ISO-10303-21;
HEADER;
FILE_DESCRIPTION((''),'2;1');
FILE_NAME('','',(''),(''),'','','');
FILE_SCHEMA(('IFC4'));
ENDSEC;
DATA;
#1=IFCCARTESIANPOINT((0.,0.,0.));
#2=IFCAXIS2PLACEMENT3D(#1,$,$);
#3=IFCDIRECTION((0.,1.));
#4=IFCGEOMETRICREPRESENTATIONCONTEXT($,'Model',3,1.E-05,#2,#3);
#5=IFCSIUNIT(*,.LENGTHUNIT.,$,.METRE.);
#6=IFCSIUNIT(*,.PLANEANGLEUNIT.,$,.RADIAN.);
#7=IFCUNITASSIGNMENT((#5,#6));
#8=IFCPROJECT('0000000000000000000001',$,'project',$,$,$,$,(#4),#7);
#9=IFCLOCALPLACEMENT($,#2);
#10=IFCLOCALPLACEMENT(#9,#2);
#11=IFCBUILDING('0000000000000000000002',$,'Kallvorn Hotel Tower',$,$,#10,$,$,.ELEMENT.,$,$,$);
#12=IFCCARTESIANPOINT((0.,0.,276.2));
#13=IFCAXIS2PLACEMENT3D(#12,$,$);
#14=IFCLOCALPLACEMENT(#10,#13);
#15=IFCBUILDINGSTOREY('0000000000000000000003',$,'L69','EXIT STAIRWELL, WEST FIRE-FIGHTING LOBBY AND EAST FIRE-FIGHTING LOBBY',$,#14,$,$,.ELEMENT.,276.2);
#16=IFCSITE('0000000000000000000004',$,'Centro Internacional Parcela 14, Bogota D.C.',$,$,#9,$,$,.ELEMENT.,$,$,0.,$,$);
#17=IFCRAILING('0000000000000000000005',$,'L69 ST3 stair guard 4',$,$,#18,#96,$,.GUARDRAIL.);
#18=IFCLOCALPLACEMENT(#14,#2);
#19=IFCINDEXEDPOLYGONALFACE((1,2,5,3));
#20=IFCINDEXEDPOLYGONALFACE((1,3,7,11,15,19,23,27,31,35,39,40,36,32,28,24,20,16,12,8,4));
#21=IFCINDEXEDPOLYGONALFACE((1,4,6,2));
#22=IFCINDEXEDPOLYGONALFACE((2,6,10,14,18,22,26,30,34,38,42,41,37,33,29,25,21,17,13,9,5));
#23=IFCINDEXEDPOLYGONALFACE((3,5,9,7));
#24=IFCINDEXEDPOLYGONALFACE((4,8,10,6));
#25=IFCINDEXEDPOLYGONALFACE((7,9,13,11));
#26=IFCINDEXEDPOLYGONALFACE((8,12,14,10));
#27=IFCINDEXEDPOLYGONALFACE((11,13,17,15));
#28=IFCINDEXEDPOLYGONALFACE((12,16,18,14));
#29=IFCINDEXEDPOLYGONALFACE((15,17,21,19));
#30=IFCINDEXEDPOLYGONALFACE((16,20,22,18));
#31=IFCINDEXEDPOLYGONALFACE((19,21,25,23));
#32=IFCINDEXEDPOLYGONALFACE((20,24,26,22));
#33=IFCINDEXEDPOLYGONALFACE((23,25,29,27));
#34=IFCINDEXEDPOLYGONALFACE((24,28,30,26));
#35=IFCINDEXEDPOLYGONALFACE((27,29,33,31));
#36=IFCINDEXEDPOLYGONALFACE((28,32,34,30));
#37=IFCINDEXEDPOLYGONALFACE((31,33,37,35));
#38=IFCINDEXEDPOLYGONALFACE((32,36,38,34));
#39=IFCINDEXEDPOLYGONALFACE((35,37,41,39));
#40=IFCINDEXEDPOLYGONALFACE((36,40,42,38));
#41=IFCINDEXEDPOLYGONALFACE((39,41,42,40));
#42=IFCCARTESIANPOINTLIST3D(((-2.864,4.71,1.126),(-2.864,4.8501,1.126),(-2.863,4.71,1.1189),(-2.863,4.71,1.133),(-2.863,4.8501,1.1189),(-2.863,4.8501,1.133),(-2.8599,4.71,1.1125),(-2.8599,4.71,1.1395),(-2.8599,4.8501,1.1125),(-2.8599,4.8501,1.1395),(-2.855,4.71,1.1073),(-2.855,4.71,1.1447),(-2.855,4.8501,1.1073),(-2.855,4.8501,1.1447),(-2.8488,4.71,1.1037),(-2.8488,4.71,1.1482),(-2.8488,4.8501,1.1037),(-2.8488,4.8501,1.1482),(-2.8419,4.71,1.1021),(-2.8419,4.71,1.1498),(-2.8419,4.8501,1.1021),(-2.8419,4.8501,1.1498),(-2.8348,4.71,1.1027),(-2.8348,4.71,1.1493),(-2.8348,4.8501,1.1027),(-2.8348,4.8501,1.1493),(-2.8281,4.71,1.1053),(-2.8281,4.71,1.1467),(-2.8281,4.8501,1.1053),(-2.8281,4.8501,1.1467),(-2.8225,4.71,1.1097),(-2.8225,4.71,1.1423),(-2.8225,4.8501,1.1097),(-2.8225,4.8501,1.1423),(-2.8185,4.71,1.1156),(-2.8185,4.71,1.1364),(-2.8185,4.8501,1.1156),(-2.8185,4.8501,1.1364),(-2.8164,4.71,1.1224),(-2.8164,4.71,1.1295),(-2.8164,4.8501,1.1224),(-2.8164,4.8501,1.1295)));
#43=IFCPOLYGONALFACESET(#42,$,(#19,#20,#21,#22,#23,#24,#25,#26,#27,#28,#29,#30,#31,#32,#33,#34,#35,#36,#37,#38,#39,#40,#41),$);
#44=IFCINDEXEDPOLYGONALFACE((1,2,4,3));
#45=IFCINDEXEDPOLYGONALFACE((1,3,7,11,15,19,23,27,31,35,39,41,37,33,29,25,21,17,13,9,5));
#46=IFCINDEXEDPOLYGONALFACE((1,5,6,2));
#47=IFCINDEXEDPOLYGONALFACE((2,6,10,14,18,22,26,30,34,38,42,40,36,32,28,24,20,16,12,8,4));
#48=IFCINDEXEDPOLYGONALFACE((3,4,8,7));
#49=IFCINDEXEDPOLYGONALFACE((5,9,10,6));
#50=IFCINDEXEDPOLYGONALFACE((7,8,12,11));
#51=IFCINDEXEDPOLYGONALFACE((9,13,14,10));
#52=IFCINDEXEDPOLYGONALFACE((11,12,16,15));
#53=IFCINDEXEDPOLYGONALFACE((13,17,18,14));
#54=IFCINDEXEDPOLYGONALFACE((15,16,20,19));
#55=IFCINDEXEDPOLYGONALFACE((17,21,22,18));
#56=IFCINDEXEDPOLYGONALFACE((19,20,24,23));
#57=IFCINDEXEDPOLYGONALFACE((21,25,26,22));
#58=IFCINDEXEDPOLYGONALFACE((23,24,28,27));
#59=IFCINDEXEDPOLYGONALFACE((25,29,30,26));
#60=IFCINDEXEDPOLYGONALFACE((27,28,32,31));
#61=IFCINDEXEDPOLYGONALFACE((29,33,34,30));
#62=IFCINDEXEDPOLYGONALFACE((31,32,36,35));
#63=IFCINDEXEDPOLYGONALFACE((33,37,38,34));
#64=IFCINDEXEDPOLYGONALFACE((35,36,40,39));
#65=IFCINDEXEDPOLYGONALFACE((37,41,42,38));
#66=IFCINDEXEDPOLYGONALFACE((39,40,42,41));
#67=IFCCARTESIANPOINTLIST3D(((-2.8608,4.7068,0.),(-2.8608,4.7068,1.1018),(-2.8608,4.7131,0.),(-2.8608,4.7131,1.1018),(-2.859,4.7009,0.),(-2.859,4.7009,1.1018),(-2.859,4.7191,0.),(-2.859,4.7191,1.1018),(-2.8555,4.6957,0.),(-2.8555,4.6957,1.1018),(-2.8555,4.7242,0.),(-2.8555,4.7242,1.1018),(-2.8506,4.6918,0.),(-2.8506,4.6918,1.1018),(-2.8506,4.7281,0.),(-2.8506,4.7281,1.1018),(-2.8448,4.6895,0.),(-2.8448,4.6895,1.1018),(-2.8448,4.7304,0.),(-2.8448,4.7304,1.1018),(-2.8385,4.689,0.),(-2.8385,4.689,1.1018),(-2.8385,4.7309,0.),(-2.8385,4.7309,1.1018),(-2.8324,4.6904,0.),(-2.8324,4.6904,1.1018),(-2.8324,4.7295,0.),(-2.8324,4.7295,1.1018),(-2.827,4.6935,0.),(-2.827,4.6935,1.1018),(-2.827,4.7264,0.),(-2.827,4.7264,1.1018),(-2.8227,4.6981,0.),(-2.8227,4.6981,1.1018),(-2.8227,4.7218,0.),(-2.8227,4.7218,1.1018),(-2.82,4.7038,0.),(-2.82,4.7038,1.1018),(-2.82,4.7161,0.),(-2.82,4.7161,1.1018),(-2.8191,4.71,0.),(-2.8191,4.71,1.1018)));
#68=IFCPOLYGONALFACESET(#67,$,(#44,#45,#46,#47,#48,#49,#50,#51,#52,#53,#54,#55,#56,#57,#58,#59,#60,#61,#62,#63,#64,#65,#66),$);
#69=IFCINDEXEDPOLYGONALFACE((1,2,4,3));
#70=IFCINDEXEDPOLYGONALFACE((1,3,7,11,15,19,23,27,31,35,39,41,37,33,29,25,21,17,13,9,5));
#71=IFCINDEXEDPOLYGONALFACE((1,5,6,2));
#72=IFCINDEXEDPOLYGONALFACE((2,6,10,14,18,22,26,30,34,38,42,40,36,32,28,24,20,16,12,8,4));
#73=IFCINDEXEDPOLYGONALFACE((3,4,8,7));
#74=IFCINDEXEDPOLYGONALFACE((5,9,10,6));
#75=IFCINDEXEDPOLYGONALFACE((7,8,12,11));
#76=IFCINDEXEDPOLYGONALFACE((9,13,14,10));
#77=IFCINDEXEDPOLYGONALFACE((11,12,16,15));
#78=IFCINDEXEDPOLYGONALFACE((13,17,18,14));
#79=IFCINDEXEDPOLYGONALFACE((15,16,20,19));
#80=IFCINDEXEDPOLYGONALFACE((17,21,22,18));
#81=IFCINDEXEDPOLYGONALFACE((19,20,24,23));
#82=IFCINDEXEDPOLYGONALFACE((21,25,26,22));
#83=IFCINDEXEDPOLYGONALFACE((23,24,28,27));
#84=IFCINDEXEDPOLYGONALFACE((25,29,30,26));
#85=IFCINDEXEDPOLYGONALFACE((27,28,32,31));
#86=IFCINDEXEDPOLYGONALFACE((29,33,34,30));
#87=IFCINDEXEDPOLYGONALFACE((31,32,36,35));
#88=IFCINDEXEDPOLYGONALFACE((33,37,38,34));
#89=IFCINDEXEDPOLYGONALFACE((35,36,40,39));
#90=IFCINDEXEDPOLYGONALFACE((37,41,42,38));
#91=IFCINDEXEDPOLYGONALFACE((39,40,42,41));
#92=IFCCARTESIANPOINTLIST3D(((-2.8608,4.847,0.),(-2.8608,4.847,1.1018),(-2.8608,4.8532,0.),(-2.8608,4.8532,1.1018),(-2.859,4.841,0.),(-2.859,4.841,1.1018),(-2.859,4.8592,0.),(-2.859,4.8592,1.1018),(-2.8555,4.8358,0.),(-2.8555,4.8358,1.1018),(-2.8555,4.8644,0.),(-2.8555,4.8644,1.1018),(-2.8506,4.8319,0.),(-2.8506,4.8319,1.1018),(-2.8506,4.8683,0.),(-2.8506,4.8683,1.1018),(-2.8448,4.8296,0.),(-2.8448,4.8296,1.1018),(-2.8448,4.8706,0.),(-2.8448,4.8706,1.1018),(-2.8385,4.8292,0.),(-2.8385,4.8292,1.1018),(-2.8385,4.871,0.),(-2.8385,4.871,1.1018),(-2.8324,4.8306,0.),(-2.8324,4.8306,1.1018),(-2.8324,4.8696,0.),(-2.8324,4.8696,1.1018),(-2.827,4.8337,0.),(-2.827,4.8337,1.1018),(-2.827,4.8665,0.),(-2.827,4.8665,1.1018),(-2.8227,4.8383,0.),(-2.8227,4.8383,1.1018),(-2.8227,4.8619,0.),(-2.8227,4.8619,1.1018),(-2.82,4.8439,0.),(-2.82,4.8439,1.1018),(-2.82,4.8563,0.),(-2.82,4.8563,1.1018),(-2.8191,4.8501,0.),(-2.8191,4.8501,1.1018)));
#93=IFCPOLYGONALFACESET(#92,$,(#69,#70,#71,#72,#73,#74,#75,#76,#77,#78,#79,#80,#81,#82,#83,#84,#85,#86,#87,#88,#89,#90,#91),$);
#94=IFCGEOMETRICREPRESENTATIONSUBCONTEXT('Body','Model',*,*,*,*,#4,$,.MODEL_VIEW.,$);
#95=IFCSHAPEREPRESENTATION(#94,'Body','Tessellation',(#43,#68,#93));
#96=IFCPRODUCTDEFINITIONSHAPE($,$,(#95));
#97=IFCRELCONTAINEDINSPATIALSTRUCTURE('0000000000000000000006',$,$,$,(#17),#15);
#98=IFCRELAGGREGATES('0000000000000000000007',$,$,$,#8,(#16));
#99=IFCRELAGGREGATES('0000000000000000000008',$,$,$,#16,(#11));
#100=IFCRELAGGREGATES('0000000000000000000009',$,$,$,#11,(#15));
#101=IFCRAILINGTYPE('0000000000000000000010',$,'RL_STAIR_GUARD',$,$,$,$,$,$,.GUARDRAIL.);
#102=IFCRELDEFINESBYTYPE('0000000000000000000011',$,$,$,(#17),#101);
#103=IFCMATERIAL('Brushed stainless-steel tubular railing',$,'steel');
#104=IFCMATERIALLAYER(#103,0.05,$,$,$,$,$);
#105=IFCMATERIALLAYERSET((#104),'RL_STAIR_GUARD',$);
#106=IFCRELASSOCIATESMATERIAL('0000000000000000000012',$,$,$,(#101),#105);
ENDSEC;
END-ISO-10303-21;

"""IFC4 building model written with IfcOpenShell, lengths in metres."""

from ifc_helpers import new_model, si_unit, direction, frame, origin, origin_2d, place, context, subcontext, project, spatial, circle, extrude, material, layer, layer_set, type_object, element, save


model = new_model("IFC4")

# Units and contexts
model_context = context("Model", 3, precision=1e-05, world=origin(), true_north=direction((0.0, 1.0)))
body_context = subcontext(model_context, "Body", "Model", "MODEL_VIEW")
ifc_project = project(units=[si_unit("LENGTHUNIT", "METRE"), si_unit("PLANEANGLEUNIT", "RADIAN")], contexts=[model_context])

# Site, building, storey
site_placement = place(None, origin())
site = spatial("IfcSite", under=ifc_project, at=site_placement, Name="Centro Internacional Parcela 14, Bogota D.C.", CompositionType="ELEMENT", RefElevation=0.0)
building_placement = place(site_placement, origin())
building = spatial("IfcBuilding", under=site, at=building_placement, Name="Kallvorn Hotel Tower", CompositionType="ELEMENT")
storey_placement = place(building_placement, frame((0.0, 0.0, 276.2)))
storey = spatial("IfcBuildingStorey", under=building, at=storey_placement, Name="L69", Description="EXIT STAIRWELL, WEST FIRE-FIGHTING LOBBY AND EAST FIRE-FIGHTING LOBBY", CompositionType="ELEMENT", Elevation=276.2)

# Railing
ifc_material_1 = material(Name="Brushed stainless-steel tubular railing", Category="steel")
ifc_layer_1 = layer(ifc_material_1, 0.05)
ifc_layer_set_1 = layer_set([ifc_layer_1], Name="RL_STAIR_GUARD")
railing_type_1 = type_object("IfcRailingType", Name="RL_STAIR_GUARD", PredefinedType="GUARDRAIL", material=ifc_layer_set_1)
railing_1_placement = place(storey_placement, frame((-2.8401, 4.71, 0.0)))
element("IfcRailing", 1, at=railing_1_placement, inside=storey, type_object=railing_type_1, Name="L69 ST3 stair guard 4", PredefinedType="GUARDRAIL", context=body_context, shape_type="SweptSolid", body=[
    extrude(circle(Radius=0.0239, at=origin_2d()), frame((0.0, 0.0, 1.126), z_axis=(0.0, 1.0, 0.0), x_axis=(-1.0, 0.0, 0.0)), (0.0, 0.0, 1.0), 0.1401),
    extrude(circle(Radius=0.021, at=origin_2d()), origin(), (0.0, 0.0, 1.0), 1.1018),
    extrude(circle(Radius=0.021, at=origin_2d()), frame((0.0, 0.1401, 0.0)), (0.0, 0.0, 1.0), 1.1018),
])

save(model, "model.ifc")
